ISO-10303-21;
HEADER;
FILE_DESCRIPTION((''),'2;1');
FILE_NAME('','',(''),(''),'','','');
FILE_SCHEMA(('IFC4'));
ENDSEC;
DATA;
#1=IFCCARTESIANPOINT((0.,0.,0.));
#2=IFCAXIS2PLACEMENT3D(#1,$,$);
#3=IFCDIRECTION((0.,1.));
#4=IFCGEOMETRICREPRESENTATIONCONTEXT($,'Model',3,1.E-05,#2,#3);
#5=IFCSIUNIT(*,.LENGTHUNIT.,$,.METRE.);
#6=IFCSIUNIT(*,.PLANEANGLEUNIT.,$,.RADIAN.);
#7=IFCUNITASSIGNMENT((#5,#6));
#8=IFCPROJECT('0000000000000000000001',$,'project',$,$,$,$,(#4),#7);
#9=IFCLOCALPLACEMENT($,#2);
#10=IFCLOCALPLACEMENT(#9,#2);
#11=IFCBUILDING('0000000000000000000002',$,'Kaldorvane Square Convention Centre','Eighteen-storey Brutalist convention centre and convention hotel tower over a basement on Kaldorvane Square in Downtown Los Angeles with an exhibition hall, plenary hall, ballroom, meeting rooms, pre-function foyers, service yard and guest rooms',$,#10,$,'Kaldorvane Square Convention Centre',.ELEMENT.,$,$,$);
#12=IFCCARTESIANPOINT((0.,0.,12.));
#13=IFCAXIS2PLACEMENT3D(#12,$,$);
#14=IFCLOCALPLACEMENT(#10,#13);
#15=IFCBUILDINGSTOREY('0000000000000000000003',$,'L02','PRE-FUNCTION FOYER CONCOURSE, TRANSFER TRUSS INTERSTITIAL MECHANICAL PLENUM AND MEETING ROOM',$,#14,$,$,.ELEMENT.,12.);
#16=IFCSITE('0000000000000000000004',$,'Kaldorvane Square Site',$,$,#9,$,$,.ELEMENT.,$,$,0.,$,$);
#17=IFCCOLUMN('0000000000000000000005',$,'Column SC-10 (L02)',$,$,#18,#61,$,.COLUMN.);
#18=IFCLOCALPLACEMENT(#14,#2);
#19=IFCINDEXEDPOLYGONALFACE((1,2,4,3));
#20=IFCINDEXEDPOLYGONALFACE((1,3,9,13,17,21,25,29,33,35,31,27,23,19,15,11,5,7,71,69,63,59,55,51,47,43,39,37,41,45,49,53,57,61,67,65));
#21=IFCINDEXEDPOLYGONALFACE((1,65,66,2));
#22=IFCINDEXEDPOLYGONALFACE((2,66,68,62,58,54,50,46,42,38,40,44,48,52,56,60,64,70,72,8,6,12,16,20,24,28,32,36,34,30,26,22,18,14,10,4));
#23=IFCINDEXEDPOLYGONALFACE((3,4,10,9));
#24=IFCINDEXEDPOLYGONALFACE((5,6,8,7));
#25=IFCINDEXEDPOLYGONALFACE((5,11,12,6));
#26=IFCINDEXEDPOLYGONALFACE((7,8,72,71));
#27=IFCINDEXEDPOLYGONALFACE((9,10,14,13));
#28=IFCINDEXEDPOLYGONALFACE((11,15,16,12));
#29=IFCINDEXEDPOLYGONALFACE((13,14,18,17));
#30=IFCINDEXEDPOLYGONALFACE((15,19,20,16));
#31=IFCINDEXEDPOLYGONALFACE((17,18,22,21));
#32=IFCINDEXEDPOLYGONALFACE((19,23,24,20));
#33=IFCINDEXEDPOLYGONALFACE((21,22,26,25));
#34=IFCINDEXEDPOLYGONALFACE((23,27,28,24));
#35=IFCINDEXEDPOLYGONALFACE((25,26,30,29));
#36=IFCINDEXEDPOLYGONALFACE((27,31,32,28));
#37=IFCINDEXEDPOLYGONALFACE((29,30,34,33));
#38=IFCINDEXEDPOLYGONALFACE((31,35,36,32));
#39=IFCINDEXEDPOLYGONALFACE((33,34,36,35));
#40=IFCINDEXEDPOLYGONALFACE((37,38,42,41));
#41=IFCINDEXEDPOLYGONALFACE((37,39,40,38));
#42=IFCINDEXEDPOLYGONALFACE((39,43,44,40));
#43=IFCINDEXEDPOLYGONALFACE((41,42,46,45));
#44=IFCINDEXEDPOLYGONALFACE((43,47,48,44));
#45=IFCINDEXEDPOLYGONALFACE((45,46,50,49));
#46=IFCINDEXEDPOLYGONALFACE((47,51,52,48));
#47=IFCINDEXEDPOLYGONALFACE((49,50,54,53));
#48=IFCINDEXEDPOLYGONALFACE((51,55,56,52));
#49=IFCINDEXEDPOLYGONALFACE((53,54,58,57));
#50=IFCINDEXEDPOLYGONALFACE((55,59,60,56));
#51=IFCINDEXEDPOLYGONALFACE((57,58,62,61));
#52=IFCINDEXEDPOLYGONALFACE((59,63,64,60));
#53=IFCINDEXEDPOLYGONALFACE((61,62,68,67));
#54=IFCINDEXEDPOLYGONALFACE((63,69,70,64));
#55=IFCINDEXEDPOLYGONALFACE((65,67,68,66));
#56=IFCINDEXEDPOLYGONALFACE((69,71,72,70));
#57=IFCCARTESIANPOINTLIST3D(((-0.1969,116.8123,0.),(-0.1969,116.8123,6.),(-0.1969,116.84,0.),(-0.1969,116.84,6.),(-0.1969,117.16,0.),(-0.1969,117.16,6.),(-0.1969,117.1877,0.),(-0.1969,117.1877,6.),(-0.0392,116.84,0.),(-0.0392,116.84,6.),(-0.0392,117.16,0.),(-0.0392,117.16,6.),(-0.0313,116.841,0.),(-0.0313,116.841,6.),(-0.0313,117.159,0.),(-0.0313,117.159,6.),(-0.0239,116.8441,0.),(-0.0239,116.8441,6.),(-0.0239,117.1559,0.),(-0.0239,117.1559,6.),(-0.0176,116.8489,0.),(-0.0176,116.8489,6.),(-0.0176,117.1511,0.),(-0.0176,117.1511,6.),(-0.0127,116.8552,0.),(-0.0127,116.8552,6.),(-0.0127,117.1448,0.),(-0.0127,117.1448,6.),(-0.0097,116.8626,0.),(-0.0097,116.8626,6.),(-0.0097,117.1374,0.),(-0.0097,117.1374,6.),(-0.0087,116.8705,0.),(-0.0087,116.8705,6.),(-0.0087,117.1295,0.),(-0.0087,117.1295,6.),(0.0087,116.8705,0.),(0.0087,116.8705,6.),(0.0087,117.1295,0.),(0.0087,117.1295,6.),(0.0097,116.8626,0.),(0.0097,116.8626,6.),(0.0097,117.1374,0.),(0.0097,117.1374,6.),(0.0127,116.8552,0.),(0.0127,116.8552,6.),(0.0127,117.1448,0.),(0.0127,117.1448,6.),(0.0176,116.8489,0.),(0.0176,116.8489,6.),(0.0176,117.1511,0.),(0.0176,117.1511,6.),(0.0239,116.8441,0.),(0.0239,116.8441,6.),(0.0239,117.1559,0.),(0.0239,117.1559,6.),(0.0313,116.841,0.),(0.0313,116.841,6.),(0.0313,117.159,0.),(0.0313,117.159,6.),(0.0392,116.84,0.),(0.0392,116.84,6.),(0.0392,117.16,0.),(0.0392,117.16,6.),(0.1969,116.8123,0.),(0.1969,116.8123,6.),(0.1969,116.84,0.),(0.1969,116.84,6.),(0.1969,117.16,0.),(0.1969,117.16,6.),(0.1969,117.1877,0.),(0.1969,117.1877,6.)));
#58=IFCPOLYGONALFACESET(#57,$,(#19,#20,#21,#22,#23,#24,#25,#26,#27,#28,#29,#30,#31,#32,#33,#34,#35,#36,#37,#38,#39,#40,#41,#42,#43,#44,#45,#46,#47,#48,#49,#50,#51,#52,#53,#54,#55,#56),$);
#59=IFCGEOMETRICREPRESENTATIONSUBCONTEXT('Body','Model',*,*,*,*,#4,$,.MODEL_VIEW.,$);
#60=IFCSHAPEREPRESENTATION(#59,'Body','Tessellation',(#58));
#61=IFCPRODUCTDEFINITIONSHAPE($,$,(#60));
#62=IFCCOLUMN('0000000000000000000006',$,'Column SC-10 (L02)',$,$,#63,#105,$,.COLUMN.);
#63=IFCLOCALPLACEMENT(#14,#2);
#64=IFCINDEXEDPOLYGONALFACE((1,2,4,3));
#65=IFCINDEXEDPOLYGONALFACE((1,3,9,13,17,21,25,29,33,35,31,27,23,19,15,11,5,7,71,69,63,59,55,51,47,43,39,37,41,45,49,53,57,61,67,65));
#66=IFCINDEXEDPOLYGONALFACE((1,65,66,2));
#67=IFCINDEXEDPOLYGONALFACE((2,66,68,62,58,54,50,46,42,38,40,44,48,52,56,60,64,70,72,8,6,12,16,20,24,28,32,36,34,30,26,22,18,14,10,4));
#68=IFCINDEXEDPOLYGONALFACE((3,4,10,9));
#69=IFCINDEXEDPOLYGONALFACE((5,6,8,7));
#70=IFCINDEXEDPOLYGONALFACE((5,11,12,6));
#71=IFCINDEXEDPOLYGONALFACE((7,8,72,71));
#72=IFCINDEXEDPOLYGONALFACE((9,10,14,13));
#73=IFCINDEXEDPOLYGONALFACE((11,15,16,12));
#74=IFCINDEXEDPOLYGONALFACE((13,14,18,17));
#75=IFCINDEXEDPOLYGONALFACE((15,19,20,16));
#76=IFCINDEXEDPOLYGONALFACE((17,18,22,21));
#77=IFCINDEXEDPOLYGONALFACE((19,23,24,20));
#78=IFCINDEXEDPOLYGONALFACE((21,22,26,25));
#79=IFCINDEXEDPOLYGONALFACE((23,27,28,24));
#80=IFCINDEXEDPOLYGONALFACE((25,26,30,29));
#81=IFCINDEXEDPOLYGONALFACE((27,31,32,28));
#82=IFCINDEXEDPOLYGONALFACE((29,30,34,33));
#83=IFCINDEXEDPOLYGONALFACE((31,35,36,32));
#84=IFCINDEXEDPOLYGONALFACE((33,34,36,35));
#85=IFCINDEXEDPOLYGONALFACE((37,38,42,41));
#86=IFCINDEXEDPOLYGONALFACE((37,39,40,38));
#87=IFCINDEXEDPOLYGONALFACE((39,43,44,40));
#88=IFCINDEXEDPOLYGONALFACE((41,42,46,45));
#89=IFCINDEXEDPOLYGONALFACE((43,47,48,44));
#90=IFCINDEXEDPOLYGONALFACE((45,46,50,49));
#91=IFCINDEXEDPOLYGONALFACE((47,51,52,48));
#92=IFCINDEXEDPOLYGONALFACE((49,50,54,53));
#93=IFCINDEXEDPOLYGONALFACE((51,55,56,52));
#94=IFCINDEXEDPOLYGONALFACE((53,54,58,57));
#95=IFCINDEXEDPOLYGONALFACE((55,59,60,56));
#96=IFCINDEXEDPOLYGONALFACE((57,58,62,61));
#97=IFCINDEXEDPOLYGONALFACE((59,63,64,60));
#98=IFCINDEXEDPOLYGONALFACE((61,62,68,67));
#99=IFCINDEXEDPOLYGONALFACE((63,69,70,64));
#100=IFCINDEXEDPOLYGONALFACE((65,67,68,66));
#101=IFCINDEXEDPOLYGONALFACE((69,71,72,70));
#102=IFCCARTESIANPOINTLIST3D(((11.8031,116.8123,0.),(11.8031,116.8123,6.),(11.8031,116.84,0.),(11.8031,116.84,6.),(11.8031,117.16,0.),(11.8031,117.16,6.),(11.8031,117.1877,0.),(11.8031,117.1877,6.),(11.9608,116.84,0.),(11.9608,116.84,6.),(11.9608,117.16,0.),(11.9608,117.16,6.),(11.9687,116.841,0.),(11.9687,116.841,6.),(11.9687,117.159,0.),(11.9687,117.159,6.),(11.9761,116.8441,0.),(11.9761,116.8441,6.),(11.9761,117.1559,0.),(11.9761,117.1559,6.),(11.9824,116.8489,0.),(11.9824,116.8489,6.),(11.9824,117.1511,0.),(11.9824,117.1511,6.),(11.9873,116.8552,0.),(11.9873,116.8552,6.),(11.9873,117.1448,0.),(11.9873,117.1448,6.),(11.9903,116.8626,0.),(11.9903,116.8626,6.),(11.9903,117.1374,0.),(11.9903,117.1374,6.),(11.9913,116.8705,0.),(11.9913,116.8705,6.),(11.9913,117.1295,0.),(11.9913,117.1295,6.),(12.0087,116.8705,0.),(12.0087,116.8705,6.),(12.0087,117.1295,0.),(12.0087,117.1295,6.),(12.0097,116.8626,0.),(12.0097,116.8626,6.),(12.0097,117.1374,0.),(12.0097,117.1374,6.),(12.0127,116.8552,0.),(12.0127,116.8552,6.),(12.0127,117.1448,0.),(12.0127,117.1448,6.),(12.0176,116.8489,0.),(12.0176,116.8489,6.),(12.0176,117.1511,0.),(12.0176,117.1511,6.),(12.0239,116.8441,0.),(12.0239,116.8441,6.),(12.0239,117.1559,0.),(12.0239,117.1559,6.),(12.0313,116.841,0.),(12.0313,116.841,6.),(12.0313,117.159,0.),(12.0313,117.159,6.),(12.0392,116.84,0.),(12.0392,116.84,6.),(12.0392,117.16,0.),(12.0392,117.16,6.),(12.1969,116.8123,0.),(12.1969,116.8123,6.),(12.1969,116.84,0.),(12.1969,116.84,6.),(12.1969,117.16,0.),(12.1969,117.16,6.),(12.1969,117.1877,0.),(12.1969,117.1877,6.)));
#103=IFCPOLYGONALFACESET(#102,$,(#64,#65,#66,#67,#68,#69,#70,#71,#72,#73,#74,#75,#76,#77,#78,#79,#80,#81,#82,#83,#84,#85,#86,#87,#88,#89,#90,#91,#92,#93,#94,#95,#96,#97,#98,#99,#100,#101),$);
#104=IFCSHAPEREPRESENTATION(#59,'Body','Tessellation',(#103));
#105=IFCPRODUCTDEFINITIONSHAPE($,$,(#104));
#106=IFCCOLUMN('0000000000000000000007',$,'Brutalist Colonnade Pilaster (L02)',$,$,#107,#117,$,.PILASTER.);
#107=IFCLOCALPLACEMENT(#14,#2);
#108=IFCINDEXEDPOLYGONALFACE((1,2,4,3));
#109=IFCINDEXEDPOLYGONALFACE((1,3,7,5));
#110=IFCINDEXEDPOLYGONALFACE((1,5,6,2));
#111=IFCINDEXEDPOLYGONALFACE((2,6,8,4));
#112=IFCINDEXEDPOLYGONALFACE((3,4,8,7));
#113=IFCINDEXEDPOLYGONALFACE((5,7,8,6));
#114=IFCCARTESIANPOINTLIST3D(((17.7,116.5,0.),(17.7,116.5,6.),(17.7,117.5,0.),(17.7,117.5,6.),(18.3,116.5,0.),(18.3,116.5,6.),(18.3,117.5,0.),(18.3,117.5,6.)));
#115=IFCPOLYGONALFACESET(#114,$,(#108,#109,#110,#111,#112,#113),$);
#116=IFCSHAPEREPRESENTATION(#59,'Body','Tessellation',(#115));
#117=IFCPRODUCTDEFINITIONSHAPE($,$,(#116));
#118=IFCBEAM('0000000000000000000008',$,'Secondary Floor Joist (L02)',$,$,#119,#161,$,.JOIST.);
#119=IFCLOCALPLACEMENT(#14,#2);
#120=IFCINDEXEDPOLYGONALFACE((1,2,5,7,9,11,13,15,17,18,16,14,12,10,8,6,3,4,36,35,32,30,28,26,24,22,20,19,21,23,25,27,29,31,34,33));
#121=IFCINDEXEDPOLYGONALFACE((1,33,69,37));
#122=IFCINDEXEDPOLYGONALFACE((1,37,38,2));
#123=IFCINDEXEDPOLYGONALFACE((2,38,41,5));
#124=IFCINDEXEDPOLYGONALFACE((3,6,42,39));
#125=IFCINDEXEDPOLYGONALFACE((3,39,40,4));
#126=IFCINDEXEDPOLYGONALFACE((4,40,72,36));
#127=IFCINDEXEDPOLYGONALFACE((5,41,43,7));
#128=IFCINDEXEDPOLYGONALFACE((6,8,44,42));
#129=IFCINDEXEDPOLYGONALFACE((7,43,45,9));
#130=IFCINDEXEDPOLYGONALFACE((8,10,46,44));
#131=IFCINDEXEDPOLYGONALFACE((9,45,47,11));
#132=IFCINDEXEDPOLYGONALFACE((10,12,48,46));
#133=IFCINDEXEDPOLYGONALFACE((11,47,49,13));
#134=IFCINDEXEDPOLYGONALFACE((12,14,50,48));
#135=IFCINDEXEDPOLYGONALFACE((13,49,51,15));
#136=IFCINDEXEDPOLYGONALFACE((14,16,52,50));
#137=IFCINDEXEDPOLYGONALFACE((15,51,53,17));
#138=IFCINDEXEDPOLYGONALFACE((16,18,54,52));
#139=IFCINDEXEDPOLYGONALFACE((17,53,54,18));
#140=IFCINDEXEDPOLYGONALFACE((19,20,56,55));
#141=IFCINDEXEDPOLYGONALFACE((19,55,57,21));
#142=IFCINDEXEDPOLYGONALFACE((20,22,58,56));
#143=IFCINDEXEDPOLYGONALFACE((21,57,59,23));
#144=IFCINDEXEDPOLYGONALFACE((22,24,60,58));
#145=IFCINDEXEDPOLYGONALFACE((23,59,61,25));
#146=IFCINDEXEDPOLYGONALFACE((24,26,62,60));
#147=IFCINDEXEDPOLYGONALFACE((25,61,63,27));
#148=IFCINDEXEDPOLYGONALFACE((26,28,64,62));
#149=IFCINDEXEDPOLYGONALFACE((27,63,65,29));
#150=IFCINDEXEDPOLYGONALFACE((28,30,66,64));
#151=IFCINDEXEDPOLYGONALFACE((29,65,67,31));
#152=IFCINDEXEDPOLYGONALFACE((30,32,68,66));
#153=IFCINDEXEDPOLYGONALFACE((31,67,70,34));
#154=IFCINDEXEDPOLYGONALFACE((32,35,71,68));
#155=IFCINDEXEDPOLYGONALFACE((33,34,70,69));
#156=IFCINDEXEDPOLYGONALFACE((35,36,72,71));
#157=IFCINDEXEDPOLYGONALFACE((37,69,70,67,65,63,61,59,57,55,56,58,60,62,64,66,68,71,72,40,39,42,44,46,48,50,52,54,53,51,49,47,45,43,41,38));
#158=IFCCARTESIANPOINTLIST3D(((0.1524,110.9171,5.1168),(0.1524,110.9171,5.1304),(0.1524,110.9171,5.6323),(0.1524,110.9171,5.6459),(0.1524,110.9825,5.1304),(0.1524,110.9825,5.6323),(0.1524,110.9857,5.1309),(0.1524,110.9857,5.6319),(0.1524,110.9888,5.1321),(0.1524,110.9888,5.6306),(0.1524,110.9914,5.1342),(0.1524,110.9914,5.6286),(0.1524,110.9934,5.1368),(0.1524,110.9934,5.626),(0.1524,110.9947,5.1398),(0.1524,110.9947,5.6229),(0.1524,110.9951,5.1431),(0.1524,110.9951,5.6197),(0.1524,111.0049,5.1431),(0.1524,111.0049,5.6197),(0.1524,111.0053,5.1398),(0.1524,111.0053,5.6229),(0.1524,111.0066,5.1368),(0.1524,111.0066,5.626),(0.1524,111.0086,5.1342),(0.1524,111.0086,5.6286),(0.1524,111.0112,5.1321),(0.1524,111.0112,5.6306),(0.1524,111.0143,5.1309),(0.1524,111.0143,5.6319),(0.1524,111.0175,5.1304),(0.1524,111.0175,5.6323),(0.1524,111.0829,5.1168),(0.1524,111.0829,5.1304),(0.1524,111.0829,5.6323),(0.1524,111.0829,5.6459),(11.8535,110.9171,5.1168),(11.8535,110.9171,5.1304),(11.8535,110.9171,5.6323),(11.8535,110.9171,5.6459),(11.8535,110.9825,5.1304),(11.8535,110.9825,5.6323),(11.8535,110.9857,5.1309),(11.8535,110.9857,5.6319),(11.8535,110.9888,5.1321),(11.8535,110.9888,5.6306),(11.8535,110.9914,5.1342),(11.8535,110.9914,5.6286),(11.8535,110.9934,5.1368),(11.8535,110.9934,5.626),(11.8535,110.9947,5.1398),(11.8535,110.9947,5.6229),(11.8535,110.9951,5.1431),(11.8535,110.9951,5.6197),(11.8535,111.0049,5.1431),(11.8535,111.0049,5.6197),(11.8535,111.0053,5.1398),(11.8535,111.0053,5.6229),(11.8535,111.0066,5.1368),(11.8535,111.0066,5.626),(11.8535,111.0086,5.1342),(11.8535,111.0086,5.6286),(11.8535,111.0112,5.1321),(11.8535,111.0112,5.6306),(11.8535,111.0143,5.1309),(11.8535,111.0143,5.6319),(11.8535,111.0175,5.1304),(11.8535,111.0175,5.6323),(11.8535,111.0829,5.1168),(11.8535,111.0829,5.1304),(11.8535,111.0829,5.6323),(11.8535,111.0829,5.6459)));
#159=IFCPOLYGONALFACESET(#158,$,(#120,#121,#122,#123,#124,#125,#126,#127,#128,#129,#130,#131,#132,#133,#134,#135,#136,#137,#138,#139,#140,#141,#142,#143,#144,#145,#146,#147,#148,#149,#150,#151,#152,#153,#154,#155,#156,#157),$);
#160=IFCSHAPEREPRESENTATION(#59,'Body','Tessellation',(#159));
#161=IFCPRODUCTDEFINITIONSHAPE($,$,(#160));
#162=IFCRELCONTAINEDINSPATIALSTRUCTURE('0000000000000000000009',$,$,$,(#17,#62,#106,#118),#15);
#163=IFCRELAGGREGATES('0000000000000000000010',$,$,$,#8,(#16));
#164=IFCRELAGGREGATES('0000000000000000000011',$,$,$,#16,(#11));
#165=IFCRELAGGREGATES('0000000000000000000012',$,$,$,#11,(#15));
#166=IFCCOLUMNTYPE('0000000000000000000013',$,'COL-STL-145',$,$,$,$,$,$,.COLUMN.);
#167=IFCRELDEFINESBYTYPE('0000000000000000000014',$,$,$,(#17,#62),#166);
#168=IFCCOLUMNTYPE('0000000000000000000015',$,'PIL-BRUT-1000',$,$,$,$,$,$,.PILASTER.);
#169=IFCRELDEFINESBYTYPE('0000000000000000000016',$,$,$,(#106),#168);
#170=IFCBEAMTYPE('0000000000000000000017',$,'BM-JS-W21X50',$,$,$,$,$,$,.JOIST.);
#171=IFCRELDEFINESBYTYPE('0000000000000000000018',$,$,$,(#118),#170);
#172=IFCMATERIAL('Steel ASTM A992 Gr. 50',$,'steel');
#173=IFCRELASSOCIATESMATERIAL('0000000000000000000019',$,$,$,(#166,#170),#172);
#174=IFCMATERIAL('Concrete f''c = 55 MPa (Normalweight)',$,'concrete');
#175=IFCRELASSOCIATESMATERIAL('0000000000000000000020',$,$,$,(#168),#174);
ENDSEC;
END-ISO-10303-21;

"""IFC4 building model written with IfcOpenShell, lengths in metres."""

from ifc_helpers import new_model, si_unit, direction, frame, origin, origin_2d, place, context, subcontext, project, spatial, rectangle, i_section, extrude, material, material_profile, profile_set, type_object, element, save


model = new_model("IFC4")

# Units and contexts
model_context = context("Model", 3, precision=1e-05, world=origin(), true_north=direction((0.0, 1.0)))
body_context = subcontext(model_context, "Body", "Model", "MODEL_VIEW")
ifc_project = project(units=[si_unit("LENGTHUNIT", "METRE"), si_unit("PLANEANGLEUNIT", "RADIAN")], contexts=[model_context])

# Site, building, storey
site_placement = place(None, origin())
site = spatial("IfcSite", under=ifc_project, at=site_placement, Name="Kaldorvane Square Site", CompositionType="ELEMENT", RefElevation=0.0)
building_placement = place(site_placement, origin())
building = spatial("IfcBuilding", under=site, at=building_placement, Name="Kaldorvane Square Convention Centre", Description="Eighteen-storey Brutalist convention centre and convention hotel tower over a basement on Kaldorvane Square in Downtown Los Angeles with an exhibition hall, plenary hall, ballroom, meeting rooms, pre-function foyers, service yard and guest rooms", LongName="Kaldorvane Square Convention Centre", CompositionType="ELEMENT")
storey_placement = place(building_placement, frame((0.0, 0.0, 12.0)))
storey = spatial("IfcBuildingStorey", under=building, at=storey_placement, Name="L02", Description="PRE-FUNCTION FOYER CONCOURSE, TRANSFER TRUSS INTERSTITIAL MECHANICAL PLENUM AND MEETING ROOM", CompositionType="ELEMENT", Elevation=12.0)

# Columns
ifc_material_1 = material(Name="Steel ASTM A992 Gr. 50", Category="steel")
ifc_material_profile_1 = material_profile(ifc_material_1, i_section(OverallWidth=0.3937, OverallDepth=0.3754, WebThickness=0.0173, FlangeThickness=0.0277, FilletRadius=0.0305, at=origin_2d()), Name="W14X145")
ifc_profile_set_1 = profile_set([ifc_material_profile_1], Name="Steel ASTM A992 Gr. 50")
column_type_1 = type_object("IfcColumnType", Name="COL-STL-145", PredefinedType="COLUMN", material=ifc_profile_set_1)
for number, where, z_axis, x_axis, name in (
    (1, (0.0, 117.0, 0.0), (0.0, 0.0, 1.0), (1.0, 0.0, 0.0), "Column SC-10 (L02)"),
    (2, (12.0, 117.0, 0.0), (0.0, 0.0, 1.0), (1.0, 0.0, 0.0), "Column SC-10 (L02)"),
):
    element("IfcColumn", number, at=place(storey_placement, frame(where, z_axis=z_axis, x_axis=x_axis)), inside=storey, type_object=column_type_1, Name=name, PredefinedType="COLUMN", context=body_context, shape_type="SweptSolid", body=[
        extrude(i_section(OverallWidth=0.3937, OverallDepth=0.3754, WebThickness=0.0173, FlangeThickness=0.0277, FilletRadius=0.0305, at=origin_2d()), origin(), (0.0, 0.0, 1.0), 6.0),
    ])
ifc_material_2 = material(Name="Concrete f'c = 55 MPa (Normalweight)", Category="concrete")
ifc_material_profile_2 = material_profile(ifc_material_2, rectangle(XDim=0.6, YDim=1.0, at=origin_2d()), Name="PIL1000X600")
ifc_profile_set_2 = profile_set([ifc_material_profile_2], Name="Concrete f'c = 55 MPa (Normalweight)")
column_type_2 = type_object("IfcColumnType", Name="PIL-BRUT-1000", PredefinedType="PILASTER", material=ifc_profile_set_2)
column_placement = place(storey_placement, frame((18.0, 117.0, 0.0), z_axis=(0.0, 0.0, 1.0), x_axis=(1.0, 0.0, 0.0)))
element("IfcColumn", 3, at=column_placement, inside=storey, type_object=column_type_2, Name="Brutalist Colonnade Pilaster (L02)", PredefinedType="PILASTER", context=body_context, shape_type="SweptSolid", body=[
    extrude(rectangle(XDim=0.6, YDim=1.0, at=origin_2d()), origin(), (0.0, 0.0, 1.0), 6.0),
])

# Beam
ifc_material_profile_3 = material_profile(ifc_material_1, i_section(OverallWidth=0.1659, OverallDepth=0.5291, WebThickness=0.0097, FlangeThickness=0.0136, FilletRadius=0.0127, at=origin_2d()), Name="W21X50")
ifc_profile_set_3 = profile_set([ifc_material_profile_3], Name="Steel ASTM A992 Gr. 50")
beam_type_1 = type_object("IfcBeamType", Name="BM-JS-W21X50", PredefinedType="JOIST", material=ifc_profile_set_3)
beam_1_placement = place(storey_placement, frame((0.1524, 111.0, 5.3814), z_axis=(1.0, 0.0, 0.0), x_axis=(0.0, 1.0, 0.0)))
element("IfcBeam", 4, at=beam_1_placement, inside=storey, type_object=beam_type_1, Name="Secondary Floor Joist (L02)", PredefinedType="JOIST", context=body_context, shape_type="SweptSolid", body=[
    extrude(i_section(OverallWidth=0.1659, OverallDepth=0.5291, WebThickness=0.0097, FlangeThickness=0.0136, FilletRadius=0.0127, at=origin_2d()), origin(), (0.0, 0.0, 1.0), 11.7011),
])

save(model, "model.ifc")
